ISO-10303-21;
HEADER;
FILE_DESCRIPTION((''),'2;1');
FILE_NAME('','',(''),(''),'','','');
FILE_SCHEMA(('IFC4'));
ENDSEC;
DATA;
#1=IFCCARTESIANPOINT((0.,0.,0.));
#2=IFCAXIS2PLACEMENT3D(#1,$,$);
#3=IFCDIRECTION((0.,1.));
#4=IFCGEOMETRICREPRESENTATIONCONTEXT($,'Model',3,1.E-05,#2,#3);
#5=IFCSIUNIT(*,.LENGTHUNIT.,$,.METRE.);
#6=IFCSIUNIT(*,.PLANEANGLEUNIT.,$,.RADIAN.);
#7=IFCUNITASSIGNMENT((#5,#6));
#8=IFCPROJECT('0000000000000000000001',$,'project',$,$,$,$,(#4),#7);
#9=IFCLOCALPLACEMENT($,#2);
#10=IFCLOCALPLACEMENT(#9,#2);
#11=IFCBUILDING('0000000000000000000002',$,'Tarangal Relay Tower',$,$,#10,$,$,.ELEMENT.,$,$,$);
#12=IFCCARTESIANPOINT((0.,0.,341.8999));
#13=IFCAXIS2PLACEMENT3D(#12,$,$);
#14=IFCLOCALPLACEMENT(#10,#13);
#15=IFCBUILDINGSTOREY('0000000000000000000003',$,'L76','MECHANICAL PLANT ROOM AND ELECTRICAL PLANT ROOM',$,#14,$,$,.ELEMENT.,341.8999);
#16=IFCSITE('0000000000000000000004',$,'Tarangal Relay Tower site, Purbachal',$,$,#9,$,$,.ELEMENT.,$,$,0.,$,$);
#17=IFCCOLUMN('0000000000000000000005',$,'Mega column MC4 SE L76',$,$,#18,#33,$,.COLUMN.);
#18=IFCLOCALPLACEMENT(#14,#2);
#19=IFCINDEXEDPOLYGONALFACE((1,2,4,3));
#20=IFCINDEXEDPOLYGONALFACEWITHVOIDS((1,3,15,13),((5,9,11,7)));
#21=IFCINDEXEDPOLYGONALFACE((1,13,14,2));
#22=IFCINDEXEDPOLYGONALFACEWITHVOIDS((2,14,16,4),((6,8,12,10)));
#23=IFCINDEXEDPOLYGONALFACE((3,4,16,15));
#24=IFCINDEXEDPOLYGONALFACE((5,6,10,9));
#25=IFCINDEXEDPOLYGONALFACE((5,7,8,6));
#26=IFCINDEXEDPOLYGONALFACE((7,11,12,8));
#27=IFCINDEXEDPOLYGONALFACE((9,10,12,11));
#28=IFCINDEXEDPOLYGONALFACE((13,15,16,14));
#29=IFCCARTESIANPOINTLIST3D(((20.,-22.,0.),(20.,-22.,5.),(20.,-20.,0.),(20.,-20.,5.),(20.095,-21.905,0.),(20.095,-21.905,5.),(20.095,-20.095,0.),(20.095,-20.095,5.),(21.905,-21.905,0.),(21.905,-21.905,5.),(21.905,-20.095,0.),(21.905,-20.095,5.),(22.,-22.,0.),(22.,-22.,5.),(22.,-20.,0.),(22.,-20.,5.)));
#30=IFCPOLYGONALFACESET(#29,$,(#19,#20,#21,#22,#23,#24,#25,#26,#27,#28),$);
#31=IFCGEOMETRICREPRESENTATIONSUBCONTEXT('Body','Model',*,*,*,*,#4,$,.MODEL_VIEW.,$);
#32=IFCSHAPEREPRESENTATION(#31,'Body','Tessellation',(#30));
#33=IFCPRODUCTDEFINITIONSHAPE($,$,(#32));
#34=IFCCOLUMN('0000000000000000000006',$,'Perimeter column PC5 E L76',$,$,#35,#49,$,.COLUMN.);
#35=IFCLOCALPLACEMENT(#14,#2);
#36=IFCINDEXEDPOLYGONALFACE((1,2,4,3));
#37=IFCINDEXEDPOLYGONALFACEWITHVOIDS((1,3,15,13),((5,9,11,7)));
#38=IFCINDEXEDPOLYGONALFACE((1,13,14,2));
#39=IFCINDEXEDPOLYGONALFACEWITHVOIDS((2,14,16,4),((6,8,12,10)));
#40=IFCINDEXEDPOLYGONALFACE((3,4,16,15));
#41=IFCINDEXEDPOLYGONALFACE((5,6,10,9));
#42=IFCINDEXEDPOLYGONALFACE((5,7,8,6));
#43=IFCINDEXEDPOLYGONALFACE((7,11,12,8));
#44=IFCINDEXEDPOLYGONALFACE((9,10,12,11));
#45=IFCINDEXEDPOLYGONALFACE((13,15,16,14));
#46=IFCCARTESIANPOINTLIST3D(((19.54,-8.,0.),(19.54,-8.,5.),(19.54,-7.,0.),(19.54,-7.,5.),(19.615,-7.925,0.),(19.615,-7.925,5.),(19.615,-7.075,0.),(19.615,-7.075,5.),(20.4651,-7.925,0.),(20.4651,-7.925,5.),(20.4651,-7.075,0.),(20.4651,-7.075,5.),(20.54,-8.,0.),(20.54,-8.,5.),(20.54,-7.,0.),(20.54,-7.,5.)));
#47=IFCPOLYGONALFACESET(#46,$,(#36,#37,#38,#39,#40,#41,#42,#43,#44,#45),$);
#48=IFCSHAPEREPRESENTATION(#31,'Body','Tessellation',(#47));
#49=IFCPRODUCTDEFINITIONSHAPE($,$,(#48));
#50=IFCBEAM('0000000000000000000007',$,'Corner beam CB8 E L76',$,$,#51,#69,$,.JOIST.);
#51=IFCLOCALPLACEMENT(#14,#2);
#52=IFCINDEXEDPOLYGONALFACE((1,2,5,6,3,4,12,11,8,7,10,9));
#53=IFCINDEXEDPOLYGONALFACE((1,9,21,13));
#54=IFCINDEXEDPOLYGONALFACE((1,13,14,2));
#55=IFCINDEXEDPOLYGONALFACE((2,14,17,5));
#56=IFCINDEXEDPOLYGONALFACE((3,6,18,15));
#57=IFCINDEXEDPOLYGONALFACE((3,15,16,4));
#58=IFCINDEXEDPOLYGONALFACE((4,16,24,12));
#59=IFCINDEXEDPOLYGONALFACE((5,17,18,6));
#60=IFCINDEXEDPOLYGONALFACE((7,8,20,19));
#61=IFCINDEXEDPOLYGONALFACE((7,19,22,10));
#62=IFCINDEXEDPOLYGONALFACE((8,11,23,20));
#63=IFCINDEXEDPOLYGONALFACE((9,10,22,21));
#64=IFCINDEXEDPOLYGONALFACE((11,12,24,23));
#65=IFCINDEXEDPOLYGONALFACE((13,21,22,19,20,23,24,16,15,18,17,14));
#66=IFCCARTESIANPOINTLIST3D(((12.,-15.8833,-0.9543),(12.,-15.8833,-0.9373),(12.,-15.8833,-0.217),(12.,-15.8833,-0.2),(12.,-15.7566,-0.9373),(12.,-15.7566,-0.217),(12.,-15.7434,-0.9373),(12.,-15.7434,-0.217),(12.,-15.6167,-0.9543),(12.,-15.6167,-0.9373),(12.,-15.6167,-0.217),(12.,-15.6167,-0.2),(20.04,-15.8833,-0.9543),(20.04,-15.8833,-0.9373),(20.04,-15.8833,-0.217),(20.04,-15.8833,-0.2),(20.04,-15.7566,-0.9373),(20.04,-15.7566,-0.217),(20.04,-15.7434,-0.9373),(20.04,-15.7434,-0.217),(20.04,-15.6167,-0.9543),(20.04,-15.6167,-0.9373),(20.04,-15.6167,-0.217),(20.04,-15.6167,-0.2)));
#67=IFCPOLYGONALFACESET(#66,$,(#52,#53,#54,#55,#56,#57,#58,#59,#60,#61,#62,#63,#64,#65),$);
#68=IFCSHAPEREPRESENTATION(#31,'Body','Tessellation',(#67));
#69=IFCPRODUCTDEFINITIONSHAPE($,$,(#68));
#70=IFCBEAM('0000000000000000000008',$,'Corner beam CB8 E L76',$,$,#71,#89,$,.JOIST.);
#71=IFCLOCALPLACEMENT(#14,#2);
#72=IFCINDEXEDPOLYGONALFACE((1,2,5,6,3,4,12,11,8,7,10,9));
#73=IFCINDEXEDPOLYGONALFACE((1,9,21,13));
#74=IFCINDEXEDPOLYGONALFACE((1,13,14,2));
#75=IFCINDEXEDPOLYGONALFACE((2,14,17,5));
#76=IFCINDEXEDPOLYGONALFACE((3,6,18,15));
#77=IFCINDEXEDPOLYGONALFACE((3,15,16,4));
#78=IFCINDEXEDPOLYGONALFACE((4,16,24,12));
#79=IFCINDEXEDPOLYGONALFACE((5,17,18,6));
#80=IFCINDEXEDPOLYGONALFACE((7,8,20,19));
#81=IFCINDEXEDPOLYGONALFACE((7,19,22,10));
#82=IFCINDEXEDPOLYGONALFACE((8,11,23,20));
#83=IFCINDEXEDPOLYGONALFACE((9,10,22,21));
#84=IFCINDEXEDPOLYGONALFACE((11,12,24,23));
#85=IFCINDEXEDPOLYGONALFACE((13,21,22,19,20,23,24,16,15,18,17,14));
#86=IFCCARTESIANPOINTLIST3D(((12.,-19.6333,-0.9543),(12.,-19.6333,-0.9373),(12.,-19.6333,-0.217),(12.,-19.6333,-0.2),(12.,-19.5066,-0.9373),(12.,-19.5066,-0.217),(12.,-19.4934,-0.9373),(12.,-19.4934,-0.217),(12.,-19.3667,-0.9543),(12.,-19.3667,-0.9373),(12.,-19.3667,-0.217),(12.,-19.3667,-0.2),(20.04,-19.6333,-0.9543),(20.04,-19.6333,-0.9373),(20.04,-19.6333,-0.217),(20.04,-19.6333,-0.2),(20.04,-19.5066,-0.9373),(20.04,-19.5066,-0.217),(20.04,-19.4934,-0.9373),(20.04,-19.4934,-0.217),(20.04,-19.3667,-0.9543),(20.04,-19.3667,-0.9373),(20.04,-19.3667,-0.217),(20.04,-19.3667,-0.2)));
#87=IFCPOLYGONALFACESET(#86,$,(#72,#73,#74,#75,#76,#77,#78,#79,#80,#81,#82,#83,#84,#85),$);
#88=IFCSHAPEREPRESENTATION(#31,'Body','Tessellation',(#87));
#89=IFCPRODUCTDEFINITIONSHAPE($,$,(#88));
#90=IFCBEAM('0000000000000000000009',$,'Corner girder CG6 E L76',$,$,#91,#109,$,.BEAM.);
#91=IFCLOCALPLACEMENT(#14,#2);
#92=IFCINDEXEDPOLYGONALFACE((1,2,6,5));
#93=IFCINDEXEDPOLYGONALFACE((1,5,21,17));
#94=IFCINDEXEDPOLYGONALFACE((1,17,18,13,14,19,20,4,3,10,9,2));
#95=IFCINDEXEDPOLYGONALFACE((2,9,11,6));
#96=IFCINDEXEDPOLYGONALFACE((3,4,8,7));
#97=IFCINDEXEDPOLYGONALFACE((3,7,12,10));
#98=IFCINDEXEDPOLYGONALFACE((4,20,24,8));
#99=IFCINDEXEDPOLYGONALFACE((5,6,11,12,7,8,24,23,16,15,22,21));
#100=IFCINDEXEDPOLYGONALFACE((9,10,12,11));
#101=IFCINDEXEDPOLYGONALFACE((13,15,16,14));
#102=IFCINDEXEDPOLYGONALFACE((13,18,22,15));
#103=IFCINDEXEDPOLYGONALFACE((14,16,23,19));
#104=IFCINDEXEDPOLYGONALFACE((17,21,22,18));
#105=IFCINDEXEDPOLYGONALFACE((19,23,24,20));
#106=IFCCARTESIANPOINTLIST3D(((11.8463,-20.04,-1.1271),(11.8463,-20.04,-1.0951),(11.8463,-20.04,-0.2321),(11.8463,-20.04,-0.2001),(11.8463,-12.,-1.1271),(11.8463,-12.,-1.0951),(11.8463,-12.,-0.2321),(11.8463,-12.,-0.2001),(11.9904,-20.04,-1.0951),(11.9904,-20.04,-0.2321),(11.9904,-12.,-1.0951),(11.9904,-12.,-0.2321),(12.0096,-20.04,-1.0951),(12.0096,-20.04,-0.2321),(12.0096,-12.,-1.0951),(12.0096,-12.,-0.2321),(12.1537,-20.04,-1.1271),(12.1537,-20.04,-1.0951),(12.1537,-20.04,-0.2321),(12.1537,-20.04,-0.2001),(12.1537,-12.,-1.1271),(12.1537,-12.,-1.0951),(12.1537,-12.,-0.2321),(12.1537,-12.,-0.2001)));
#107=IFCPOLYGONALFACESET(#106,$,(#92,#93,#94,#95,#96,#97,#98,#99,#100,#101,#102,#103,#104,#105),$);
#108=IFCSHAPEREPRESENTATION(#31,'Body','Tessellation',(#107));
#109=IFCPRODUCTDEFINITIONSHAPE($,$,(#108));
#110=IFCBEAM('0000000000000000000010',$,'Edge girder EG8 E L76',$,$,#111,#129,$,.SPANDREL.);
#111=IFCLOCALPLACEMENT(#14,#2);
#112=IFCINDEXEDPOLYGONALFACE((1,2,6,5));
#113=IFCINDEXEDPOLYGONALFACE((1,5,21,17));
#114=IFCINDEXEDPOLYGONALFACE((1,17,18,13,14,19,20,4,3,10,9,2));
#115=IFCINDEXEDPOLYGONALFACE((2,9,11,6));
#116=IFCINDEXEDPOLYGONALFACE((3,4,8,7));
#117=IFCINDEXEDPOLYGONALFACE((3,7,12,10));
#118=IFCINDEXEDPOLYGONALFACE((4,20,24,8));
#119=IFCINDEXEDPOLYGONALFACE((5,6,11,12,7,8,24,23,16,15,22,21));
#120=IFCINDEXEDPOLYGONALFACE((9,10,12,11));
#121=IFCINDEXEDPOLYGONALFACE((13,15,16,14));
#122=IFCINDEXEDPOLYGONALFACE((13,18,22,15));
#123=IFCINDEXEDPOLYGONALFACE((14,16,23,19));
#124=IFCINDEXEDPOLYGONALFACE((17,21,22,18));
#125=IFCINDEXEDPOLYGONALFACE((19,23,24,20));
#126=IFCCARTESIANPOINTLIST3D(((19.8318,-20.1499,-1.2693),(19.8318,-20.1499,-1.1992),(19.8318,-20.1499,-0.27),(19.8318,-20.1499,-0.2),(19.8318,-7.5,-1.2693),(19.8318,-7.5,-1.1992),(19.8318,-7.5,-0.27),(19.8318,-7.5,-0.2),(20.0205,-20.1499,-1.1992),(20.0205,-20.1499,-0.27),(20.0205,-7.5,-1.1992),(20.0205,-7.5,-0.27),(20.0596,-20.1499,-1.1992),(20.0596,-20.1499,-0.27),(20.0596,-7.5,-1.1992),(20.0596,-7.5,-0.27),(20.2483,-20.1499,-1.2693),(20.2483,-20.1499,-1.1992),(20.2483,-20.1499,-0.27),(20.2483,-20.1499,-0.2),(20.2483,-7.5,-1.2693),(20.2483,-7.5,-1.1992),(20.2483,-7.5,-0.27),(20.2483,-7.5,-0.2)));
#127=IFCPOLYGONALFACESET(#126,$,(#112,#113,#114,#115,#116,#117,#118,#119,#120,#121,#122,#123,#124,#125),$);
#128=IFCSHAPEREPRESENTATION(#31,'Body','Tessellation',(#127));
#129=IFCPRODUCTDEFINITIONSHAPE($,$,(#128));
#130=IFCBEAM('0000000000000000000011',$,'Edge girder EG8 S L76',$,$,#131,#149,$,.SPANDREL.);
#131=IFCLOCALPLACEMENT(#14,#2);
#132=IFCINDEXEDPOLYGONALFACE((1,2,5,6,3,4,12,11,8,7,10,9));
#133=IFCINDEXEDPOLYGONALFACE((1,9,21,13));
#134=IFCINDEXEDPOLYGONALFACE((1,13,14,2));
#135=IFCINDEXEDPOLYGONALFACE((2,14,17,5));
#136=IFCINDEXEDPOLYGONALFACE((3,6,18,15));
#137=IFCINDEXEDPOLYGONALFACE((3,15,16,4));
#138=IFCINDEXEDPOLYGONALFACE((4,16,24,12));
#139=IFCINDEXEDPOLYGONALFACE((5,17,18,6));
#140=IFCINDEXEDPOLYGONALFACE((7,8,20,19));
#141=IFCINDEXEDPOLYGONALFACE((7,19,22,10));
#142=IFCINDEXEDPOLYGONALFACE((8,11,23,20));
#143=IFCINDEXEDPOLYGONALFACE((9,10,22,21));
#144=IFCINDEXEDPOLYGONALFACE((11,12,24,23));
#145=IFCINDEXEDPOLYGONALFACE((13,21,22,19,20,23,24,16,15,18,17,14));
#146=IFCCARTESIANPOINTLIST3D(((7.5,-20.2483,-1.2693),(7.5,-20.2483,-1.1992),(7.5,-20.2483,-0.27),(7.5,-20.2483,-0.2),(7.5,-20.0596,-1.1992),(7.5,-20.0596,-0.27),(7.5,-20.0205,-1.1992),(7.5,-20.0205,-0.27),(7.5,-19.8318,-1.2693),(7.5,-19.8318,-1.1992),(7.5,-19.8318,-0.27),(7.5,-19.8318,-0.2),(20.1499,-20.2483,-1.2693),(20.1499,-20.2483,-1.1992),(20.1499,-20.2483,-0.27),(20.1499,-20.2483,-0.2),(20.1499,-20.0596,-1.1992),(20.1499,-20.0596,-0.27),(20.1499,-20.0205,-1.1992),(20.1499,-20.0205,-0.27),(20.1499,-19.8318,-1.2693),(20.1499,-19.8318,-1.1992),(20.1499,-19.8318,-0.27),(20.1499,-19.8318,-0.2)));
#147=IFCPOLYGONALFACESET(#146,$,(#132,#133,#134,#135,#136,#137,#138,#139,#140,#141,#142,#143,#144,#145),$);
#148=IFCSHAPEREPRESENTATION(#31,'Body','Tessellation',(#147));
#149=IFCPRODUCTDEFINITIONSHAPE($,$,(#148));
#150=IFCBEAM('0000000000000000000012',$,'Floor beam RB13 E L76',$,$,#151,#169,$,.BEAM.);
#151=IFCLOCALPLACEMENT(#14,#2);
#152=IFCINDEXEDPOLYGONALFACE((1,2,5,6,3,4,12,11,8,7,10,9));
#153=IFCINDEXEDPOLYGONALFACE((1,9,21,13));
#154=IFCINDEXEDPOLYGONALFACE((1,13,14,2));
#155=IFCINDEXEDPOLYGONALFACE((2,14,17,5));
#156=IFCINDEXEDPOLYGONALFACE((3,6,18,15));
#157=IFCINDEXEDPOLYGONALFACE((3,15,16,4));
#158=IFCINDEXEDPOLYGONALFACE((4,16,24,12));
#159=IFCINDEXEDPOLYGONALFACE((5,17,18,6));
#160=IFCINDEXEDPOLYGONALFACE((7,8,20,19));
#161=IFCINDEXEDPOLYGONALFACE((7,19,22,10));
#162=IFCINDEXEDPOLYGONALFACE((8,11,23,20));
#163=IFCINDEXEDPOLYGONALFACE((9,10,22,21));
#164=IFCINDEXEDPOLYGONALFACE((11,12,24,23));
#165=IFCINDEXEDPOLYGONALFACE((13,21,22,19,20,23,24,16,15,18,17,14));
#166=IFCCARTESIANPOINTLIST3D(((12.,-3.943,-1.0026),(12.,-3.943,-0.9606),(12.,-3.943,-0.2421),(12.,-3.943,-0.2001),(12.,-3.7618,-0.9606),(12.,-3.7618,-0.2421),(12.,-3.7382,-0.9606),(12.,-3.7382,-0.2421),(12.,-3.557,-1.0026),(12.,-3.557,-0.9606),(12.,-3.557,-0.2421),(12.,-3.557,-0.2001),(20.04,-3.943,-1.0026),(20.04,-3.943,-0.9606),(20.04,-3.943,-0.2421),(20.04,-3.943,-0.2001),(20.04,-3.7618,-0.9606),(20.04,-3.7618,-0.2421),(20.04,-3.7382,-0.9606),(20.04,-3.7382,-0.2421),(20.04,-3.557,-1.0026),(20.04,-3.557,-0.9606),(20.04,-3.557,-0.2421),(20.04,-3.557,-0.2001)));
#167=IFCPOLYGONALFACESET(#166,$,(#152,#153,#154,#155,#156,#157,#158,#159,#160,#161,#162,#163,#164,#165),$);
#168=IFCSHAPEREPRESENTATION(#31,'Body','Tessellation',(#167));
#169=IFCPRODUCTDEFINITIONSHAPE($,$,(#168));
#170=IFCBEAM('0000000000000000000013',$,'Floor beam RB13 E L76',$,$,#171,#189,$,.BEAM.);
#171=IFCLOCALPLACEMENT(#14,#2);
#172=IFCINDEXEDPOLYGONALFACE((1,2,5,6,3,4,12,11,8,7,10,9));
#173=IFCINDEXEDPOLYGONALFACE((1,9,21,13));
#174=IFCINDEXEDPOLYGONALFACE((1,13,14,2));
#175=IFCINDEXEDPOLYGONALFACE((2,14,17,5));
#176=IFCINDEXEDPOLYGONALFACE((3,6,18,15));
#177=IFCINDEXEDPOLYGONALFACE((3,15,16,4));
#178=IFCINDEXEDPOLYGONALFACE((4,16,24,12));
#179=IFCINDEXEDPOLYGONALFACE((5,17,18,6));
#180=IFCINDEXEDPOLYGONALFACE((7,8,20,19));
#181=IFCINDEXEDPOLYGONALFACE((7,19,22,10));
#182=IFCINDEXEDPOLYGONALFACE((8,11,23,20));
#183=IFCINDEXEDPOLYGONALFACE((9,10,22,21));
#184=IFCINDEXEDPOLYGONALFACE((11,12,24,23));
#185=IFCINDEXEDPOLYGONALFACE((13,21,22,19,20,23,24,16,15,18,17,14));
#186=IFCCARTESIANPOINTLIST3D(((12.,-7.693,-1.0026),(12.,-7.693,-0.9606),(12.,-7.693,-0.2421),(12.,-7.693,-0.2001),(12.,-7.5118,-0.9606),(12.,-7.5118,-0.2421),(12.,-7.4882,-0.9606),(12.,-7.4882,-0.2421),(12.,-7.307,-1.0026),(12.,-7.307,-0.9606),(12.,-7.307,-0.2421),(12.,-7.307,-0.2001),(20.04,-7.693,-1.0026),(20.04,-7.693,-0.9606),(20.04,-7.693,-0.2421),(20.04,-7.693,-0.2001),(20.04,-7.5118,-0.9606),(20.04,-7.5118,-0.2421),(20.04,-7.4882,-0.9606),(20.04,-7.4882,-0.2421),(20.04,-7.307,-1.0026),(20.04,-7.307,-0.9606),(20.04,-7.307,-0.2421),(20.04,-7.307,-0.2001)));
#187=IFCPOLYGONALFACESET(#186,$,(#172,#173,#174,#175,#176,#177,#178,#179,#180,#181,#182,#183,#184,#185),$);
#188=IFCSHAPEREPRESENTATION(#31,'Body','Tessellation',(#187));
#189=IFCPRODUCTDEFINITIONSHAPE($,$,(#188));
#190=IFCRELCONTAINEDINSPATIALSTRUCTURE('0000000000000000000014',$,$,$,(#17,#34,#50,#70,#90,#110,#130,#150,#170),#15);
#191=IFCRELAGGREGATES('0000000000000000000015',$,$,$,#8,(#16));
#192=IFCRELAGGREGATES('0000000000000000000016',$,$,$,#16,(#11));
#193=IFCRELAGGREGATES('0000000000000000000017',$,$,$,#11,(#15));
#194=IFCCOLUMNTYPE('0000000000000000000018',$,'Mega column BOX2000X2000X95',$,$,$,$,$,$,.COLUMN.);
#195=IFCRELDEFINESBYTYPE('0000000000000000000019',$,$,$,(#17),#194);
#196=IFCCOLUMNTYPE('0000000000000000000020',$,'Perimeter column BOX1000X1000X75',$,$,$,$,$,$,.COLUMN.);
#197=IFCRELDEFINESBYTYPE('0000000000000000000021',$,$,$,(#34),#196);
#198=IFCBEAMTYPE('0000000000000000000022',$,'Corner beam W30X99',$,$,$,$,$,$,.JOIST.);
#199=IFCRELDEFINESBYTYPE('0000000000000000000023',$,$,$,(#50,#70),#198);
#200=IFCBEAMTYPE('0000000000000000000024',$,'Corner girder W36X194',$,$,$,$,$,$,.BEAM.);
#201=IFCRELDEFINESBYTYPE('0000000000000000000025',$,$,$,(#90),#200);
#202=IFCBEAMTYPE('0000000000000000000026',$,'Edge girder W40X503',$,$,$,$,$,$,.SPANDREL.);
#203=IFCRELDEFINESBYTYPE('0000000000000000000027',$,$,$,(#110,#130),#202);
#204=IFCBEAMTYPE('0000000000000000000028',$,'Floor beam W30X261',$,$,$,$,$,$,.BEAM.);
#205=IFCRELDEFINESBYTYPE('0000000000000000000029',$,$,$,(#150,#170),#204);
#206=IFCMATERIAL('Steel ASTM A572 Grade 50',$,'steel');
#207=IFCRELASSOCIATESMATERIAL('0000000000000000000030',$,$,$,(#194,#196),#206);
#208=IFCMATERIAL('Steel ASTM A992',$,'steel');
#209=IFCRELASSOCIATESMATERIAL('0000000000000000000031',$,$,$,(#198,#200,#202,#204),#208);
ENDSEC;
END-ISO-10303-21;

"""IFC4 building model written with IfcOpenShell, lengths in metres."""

from ifc_helpers import new_model, si_unit, direction, frame, origin, origin_2d, place, context, subcontext, project, spatial, hollow_rectangle, i_section, extrude, material, material_profile, profile_set, type_object, element, save


model = new_model("IFC4")

# Units and contexts
model_context = context("Model", 3, precision=1e-05, world=origin(), true_north=direction((0.0, 1.0)))
body_context = subcontext(model_context, "Body", "Model", "MODEL_VIEW")
ifc_project = project(units=[si_unit("LENGTHUNIT", "METRE"), si_unit("PLANEANGLEUNIT", "RADIAN")], contexts=[model_context])

# Site, building, storey
site_placement = place(None, origin())
site = spatial("IfcSite", under=ifc_project, at=site_placement, Name="Tarangal Relay Tower site, Purbachal", CompositionType="ELEMENT", RefElevation=0.0)
building_placement = place(site_placement, origin())
building = spatial("IfcBuilding", under=site, at=building_placement, Name="Tarangal Relay Tower", CompositionType="ELEMENT")
storey_placement = place(building_placement, frame((0.0, 0.0, 341.8999)))
storey = spatial("IfcBuildingStorey", under=building, at=storey_placement, Name="L76", Description="MECHANICAL PLANT ROOM AND ELECTRICAL PLANT ROOM", CompositionType="ELEMENT", Elevation=341.8999)

# Columns
ifc_material_1 = material(Name="Steel ASTM A572 Grade 50", Category="steel")
ifc_material_profile_1 = material_profile(ifc_material_1, hollow_rectangle(XDim=2.0, YDim=2.0, WallThickness=0.095, at=origin_2d()), Name="BOX2000X2000X95")
ifc_profile_set_1 = profile_set([ifc_material_profile_1], Name="Steel ASTM A572 Grade 50")
column_type_1 = type_object("IfcColumnType", Name="Mega column BOX2000X2000X95", PredefinedType="COLUMN", material=ifc_profile_set_1)
column_1_placement = place(storey_placement, frame((21.0, -21.0, 0.0), z_axis=(0.0, 0.0, 1.0), x_axis=(1.0, 0.0, 0.0)))
element("IfcColumn", 1, at=column_1_placement, inside=storey, type_object=column_type_1, Name="Mega column MC4 SE L76", PredefinedType="COLUMN", context=body_context, shape_type="SweptSolid", body=[
    extrude(hollow_rectangle(XDim=2.0, YDim=2.0, WallThickness=0.095, at=origin_2d()), origin(), (0.0, 0.0, 1.0), 5.0),
])
ifc_material_profile_2 = material_profile(ifc_material_1, hollow_rectangle(XDim=1.0, YDim=1.0, WallThickness=0.075, at=origin_2d()), Name="BOX1000X1000X75")
ifc_profile_set_2 = profile_set([ifc_material_profile_2], Name="Steel ASTM A572 Grade 50")
column_type_2 = type_object("IfcColumnType", Name="Perimeter column BOX1000X1000X75", PredefinedType="COLUMN", material=ifc_profile_set_2)
column_2_placement = place(storey_placement, frame((20.04, -7.5, 0.0), z_axis=(0.0, 0.0, 1.0), x_axis=(1.0, 0.0, 0.0)))
element("IfcColumn", 2, at=column_2_placement, inside=storey, type_object=column_type_2, Name="Perimeter column PC5 E L76", PredefinedType="COLUMN", context=body_context, shape_type="SweptSolid", body=[
    extrude(hollow_rectangle(XDim=1.0, YDim=1.0, WallThickness=0.075, at=origin_2d()), origin(), (0.0, 0.0, 1.0), 5.0),
])

# Beams
ifc_material_2 = material(Name="Steel ASTM A992", Category="steel")
ifc_material_profile_3 = material_profile(ifc_material_2, i_section(OverallWidth=0.2666, OverallDepth=0.7544, WebThickness=0.0132, FlangeThickness=0.0171, at=origin_2d()), Name="W30X99")
ifc_profile_set_3 = profile_set([ifc_material_profile_3], Name="Steel ASTM A992")
beam_type_1 = type_object("IfcBeamType", Name="Corner beam W30X99", PredefinedType="JOIST", material=ifc_profile_set_3)
for number, where, z_axis, x_axis, name in (
    (3, (12.0, -15.75, -0.5771), (1.0, 0.0, 0.0), (0.0, 1.0, 0.0), "Corner beam CB8 E L76"),
    (4, (12.0, -19.5, -0.5771), (1.0, 0.0, 0.0), (0.0, 1.0, 0.0), "Corner beam CB8 E L76"),
):
    element("IfcBeam", number, at=place(storey_placement, frame(where, z_axis=z_axis, x_axis=x_axis)), inside=storey, type_object=beam_type_1, Name=name, PredefinedType="JOIST", context=body_context, shape_type="SweptSolid", body=[
        extrude(i_section(OverallWidth=0.2666, OverallDepth=0.7544, WebThickness=0.0132, FlangeThickness=0.0171, at=origin_2d()), origin(), (0.0, 0.0, 1.0), 8.04),
    ])
ifc_material_profile_4 = material_profile(ifc_material_2, i_section(OverallWidth=0.3074, OverallDepth=0.927, WebThickness=0.0193, FlangeThickness=0.032, at=origin_2d()), Name="W36X194")
ifc_profile_set_4 = profile_set([ifc_material_profile_4], Name="Steel ASTM A992")
beam_type_2 = type_object("IfcBeamType", Name="Corner girder W36X194", PredefinedType="BEAM", material=ifc_profile_set_4)
beam_placement = place(storey_placement, frame((12.0, -12.0, -0.6636), z_axis=(0.0, -1.0, 0.0), x_axis=(1.0, 0.0, 0.0)))
element("IfcBeam", 5, at=beam_placement, inside=storey, type_object=beam_type_2, Name="Corner girder CG6 E L76", PredefinedType="BEAM", context=body_context, shape_type="SweptSolid", body=[
    extrude(i_section(OverallWidth=0.3074, OverallDepth=0.927, WebThickness=0.0193, FlangeThickness=0.032, at=origin_2d()), origin(), (0.0, 0.0, 1.0), 8.04),
])
ifc_material_profile_5 = material_profile(ifc_material_2, i_section(OverallWidth=0.4165, OverallDepth=1.0693, WebThickness=0.0391, FlangeThickness=0.0701, at=origin_2d()), Name="W40X503")
ifc_profile_set_5 = profile_set([ifc_material_profile_5], Name="Steel ASTM A992")
beam_type_3 = type_object("IfcBeamType", Name="Edge girder W40X503", PredefinedType="SPANDREL", material=ifc_profile_set_5)
for number, where, z_axis, x_axis, name in (
    (6, (20.04, -7.5, -0.7346), (0.0, -1.0, 0.0), (1.0, 0.0, 0.0), "Edge girder EG8 E L76"),
    (7, (20.1499, -20.04, -0.7346), (-1.0, 0.0, 0.0), (0.0, -1.0, 0.0), "Edge girder EG8 S L76"),
):
    element("IfcBeam", number, at=place(storey_placement, frame(where, z_axis=z_axis, x_axis=x_axis)), inside=storey, type_object=beam_type_3, Name=name, PredefinedType="SPANDREL", context=body_context, shape_type="SweptSolid", body=[
        extrude(i_section(OverallWidth=0.4165, OverallDepth=1.0693, WebThickness=0.0391, FlangeThickness=0.0701, at=origin_2d()), origin(), (0.0, 0.0, 1.0), 12.6499),
    ])
ifc_material_profile_6 = material_profile(ifc_material_2, i_section(OverallWidth=0.386, OverallDepth=0.8025, WebThickness=0.0237, FlangeThickness=0.042, at=origin_2d()), Name="W30X261")
ifc_profile_set_6 = profile_set([ifc_material_profile_6], Name="Steel ASTM A992")
beam_type_4 = type_object("IfcBeamType", Name="Floor beam W30X261", PredefinedType="BEAM", material=ifc_profile_set_6)
for number, where, z_axis, x_axis, name in (
    (8, (12.0, -3.75, -0.6013), (1.0, 0.0, 0.0), (0.0, 1.0, 0.0), "Floor beam RB13 E L76"),
    (9, (12.0, -7.5, -0.6013), (1.0, 0.0, 0.0), (0.0, 1.0, 0.0), "Floor beam RB13 E L76"),
):
    element("IfcBeam", number, at=place(storey_placement, frame(where, z_axis=z_axis, x_axis=x_axis)), inside=storey, type_object=beam_type_4, Name=name, PredefinedType="BEAM", context=body_context, shape_type="SweptSolid", body=[
        extrude(i_section(OverallWidth=0.386, OverallDepth=0.8025, WebThickness=0.0237, FlangeThickness=0.042, at=origin_2d()), origin(), (0.0, 0.0, 1.0), 8.04),
    ])

save(model, "model.ifc")
